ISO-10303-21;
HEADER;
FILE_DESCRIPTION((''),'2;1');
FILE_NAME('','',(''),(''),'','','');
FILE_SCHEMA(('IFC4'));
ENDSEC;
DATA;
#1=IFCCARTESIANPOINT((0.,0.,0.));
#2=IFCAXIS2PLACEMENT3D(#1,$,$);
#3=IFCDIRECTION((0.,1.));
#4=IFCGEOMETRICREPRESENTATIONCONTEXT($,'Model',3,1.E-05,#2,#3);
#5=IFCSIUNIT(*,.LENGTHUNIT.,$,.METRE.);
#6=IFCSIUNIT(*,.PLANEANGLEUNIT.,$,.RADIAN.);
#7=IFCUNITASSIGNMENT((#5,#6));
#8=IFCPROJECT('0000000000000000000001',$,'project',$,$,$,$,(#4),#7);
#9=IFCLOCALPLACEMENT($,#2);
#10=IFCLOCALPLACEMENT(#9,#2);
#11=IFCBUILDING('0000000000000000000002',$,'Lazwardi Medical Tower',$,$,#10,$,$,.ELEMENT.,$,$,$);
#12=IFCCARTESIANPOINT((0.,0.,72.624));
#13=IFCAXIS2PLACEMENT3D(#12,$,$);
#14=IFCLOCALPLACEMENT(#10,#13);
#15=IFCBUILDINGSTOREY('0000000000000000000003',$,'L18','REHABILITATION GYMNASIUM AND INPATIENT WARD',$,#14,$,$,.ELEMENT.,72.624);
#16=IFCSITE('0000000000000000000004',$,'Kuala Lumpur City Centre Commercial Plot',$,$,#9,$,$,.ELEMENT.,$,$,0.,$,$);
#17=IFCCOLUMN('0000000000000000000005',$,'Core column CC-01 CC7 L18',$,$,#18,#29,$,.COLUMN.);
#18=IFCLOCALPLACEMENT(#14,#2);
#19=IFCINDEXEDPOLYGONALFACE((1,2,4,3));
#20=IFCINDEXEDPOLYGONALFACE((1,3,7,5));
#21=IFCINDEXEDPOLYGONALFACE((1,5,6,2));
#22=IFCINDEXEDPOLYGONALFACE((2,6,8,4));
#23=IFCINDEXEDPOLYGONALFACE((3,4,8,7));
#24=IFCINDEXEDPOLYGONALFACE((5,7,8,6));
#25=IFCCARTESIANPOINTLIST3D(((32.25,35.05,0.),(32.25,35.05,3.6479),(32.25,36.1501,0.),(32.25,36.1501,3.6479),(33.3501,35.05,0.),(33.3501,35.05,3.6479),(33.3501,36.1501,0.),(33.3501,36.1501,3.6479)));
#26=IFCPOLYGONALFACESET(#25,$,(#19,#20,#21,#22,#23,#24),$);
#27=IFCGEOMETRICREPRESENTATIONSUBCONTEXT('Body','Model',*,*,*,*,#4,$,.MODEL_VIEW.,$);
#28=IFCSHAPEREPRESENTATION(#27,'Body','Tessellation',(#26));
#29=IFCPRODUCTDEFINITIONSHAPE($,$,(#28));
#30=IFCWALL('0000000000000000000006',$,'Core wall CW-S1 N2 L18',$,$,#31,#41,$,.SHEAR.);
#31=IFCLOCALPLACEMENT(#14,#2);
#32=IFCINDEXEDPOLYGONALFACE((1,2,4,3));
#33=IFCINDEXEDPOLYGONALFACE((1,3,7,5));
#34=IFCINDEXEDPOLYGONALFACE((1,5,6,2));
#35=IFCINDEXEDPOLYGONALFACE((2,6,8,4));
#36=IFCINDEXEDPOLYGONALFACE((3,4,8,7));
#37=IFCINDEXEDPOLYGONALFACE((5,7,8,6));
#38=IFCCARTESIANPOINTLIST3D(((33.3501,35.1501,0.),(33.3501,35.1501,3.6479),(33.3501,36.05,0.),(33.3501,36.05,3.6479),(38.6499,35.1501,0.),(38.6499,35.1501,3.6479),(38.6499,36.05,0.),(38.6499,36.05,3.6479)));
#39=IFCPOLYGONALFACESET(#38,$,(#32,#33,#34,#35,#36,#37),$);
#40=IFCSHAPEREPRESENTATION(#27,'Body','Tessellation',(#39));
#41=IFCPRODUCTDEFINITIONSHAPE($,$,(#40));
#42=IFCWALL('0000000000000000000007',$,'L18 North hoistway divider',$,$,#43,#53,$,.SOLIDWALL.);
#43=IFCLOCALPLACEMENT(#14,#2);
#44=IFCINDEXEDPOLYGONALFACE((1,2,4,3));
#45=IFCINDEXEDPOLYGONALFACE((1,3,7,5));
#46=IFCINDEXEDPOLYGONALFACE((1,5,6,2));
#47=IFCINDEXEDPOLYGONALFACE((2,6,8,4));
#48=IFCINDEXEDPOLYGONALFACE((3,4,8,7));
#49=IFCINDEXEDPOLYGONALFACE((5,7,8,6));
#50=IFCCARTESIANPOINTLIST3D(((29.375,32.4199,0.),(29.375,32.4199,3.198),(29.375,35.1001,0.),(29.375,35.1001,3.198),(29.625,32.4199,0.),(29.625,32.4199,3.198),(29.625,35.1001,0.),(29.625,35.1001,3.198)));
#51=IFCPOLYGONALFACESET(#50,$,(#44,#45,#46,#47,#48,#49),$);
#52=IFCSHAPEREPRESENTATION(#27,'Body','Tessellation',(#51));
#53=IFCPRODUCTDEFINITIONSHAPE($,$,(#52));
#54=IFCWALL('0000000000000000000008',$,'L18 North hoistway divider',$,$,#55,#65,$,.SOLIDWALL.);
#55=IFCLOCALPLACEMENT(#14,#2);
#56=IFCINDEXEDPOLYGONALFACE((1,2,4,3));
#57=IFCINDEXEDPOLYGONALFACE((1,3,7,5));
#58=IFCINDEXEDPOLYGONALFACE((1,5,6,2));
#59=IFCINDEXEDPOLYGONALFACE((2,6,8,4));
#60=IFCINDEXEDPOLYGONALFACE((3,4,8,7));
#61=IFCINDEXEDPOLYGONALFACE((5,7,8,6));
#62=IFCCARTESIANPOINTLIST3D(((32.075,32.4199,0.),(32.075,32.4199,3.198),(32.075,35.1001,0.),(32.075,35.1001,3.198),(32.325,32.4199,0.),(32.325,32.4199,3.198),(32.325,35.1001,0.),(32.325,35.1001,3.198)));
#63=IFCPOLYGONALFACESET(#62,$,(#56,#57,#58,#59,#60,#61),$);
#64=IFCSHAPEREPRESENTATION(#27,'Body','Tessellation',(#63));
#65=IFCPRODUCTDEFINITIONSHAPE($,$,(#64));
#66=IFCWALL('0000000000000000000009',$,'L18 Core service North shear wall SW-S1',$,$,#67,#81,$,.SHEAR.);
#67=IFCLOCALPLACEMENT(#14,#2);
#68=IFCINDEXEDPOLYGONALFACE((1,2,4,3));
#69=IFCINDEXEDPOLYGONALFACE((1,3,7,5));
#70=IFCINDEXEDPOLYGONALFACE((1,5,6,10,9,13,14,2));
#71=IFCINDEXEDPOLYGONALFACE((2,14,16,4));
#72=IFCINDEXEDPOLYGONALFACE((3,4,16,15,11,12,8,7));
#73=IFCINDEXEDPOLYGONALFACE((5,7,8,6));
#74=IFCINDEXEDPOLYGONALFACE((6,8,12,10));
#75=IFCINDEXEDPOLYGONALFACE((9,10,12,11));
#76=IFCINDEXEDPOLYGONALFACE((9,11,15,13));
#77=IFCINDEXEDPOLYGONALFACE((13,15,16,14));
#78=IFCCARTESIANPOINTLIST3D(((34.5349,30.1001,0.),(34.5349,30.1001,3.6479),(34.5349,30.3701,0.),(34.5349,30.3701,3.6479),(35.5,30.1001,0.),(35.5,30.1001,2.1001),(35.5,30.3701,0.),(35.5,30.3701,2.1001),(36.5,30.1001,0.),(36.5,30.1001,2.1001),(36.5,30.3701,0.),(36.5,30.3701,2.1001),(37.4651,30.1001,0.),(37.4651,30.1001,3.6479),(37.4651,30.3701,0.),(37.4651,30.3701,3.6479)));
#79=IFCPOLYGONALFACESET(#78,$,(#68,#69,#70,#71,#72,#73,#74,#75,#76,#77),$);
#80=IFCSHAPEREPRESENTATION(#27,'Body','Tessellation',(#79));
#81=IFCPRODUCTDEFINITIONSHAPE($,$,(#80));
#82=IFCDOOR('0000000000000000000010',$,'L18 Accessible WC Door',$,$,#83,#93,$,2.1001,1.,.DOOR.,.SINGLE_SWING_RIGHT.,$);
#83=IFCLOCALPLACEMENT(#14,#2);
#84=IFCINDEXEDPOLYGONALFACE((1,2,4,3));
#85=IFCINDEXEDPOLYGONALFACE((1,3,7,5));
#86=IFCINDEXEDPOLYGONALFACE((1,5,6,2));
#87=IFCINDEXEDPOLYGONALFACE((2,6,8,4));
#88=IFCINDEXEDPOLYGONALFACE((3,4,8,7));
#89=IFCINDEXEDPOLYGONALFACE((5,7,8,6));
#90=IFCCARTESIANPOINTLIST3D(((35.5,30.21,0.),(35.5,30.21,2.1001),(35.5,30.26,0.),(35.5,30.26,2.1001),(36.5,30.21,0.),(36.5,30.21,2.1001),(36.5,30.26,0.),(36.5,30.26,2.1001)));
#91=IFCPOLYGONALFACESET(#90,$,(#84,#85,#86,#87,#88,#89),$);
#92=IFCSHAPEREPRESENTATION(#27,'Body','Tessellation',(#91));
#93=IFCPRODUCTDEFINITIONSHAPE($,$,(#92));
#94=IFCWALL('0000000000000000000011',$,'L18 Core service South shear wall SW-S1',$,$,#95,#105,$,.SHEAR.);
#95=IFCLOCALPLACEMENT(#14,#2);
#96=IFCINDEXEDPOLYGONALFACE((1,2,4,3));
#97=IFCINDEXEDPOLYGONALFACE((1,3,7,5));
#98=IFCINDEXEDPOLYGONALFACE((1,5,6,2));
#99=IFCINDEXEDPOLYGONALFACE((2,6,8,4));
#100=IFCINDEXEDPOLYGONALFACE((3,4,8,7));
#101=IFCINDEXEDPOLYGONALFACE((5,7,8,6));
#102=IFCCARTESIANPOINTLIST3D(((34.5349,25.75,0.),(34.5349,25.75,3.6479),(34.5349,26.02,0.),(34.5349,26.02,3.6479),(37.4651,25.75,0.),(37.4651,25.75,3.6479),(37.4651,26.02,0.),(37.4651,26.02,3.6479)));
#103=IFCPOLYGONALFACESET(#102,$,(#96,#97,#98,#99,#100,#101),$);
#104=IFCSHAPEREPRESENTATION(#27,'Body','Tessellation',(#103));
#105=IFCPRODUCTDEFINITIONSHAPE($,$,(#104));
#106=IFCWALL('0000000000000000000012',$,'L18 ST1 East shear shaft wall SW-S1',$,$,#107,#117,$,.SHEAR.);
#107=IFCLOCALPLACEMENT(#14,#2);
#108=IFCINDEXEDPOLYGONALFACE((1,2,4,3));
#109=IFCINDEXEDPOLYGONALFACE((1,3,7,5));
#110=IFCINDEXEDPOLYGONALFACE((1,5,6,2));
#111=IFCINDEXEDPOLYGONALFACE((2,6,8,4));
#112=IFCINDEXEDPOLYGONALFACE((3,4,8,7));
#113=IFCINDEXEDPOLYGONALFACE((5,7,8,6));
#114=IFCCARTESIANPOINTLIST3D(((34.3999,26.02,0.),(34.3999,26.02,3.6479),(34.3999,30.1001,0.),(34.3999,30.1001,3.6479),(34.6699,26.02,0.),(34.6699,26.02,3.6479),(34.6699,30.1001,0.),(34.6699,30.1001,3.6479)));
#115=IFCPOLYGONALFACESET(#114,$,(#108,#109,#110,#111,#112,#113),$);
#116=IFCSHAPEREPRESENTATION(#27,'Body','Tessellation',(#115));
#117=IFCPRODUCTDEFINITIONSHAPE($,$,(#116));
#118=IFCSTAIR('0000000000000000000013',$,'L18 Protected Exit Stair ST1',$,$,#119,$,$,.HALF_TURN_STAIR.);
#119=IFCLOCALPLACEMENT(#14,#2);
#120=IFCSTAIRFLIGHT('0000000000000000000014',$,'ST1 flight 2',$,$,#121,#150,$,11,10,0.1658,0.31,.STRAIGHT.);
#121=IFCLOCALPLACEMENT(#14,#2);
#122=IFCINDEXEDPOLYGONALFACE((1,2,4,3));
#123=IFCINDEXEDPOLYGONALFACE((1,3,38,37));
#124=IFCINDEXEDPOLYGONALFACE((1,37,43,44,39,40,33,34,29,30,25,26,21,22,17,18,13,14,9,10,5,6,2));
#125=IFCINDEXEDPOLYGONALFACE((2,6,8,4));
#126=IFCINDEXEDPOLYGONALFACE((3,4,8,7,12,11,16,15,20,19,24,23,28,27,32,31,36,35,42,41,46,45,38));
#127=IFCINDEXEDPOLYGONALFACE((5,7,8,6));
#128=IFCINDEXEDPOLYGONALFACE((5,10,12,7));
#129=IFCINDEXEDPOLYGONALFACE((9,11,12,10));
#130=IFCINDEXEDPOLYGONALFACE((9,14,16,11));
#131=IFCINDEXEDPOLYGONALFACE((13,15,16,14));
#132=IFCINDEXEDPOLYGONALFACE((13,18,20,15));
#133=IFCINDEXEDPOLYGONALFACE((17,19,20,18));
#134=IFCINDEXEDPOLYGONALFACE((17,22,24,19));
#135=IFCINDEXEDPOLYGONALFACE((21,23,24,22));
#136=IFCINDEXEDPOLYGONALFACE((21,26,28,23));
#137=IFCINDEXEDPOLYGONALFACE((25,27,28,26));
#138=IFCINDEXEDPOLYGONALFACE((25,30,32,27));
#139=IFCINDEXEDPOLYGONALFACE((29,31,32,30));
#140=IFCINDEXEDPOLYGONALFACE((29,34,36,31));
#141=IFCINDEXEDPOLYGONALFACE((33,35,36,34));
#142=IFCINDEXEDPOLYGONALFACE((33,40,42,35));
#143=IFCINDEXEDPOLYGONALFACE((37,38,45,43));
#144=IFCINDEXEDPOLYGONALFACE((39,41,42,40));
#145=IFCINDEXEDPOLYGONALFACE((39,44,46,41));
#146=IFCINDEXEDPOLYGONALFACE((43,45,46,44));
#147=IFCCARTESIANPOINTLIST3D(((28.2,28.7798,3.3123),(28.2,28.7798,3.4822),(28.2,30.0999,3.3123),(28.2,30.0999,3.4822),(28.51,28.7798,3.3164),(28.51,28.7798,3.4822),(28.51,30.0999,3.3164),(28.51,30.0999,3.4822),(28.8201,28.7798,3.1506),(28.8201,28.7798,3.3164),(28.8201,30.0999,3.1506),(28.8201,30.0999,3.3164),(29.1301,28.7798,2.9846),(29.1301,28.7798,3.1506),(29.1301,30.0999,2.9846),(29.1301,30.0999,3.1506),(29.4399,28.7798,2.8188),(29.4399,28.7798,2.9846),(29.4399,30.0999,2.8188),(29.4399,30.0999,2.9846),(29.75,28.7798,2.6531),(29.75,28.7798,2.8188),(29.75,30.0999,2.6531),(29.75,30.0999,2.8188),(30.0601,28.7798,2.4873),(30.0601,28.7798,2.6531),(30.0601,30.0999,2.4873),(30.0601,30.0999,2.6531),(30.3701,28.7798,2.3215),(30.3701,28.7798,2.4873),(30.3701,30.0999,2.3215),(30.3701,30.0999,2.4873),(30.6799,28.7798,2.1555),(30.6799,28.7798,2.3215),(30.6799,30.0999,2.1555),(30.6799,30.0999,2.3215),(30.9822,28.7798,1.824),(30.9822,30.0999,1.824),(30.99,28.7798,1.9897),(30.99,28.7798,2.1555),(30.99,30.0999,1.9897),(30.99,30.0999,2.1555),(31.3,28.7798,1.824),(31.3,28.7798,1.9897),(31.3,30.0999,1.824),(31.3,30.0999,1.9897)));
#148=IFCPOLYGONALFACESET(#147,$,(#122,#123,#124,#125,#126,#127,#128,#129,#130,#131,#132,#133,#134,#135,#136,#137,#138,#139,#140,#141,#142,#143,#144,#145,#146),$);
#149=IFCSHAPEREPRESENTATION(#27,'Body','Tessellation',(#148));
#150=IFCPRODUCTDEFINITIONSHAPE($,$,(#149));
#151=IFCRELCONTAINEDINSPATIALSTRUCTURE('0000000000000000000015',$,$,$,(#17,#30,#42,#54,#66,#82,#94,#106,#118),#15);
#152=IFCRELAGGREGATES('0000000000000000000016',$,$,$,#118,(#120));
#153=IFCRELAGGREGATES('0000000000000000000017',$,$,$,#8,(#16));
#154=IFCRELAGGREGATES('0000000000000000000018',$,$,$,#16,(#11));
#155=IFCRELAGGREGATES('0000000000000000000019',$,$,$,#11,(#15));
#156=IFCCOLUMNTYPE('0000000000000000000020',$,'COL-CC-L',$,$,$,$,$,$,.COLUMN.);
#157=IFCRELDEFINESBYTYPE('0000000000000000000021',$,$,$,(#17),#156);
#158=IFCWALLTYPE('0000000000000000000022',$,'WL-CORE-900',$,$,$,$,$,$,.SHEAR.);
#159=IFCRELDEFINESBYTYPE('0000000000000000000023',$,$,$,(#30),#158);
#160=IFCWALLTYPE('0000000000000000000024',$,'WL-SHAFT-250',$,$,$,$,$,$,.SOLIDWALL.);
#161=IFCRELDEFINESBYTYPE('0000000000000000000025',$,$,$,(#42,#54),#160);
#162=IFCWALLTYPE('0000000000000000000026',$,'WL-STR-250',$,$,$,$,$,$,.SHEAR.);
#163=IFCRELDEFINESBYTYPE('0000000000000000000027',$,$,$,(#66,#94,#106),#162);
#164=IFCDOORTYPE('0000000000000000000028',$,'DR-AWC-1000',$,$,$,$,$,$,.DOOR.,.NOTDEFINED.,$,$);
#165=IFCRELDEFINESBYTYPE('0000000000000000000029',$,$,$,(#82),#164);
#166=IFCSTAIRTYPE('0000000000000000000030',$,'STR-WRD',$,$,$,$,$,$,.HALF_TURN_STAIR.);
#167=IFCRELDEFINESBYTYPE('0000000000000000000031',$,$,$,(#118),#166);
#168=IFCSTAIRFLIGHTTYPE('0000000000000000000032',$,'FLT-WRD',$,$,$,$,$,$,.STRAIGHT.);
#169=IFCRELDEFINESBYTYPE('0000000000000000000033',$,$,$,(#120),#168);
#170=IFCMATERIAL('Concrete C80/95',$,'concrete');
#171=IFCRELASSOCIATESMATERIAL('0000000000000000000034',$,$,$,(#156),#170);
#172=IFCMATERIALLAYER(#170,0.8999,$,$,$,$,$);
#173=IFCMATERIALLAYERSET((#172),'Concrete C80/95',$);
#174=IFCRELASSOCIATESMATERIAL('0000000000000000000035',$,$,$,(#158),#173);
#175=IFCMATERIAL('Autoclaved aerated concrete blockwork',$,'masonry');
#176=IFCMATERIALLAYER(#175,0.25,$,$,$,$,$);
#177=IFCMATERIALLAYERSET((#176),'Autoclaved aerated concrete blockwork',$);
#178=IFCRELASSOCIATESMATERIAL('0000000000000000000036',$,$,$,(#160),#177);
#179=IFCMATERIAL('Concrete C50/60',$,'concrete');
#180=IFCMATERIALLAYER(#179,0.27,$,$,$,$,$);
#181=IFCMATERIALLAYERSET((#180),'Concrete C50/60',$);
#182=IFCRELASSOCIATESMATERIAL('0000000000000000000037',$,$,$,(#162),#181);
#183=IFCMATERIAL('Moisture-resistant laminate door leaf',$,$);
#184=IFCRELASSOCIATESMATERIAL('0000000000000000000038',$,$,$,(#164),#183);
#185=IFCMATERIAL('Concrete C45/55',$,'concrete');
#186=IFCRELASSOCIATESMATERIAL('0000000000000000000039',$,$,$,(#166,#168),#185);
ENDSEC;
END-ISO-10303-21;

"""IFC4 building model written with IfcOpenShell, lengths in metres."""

from ifc_helpers import new_model, si_unit, direction, frame, frame_2d, origin, origin_2d, place, context, subcontext, project, spatial, polyline, rectangle, outline, extrude, material, layer, layer_set, material_profile, profile_set, type_object, element, fill, aggregate, save


model = new_model("IFC4")

# Units and contexts
model_context = context("Model", 3, precision=1e-05, world=origin(), true_north=direction((0.0, 1.0)))
body_context = subcontext(model_context, "Body", "Model", "MODEL_VIEW")
ifc_project = project(units=[si_unit("LENGTHUNIT", "METRE"), si_unit("PLANEANGLEUNIT", "RADIAN")], contexts=[model_context])

# Site, building, storey
site_placement = place(None, origin())
site = spatial("IfcSite", under=ifc_project, at=site_placement, Name="Kuala Lumpur City Centre Commercial Plot", CompositionType="ELEMENT", RefElevation=0.0)
building_placement = place(site_placement, origin())
building = spatial("IfcBuilding", under=site, at=building_placement, Name="Lazwardi Medical Tower", CompositionType="ELEMENT")
storey_placement = place(building_placement, frame((0.0, 0.0, 72.624)))
storey = spatial("IfcBuildingStorey", under=building, at=storey_placement, Name="L18", Description="REHABILITATION GYMNASIUM AND INPATIENT WARD", CompositionType="ELEMENT", Elevation=72.624)

# Column
ifc_material_1 = material(Name="Concrete C80/95", Category="concrete")
ifc_material_profile = material_profile(ifc_material_1, rectangle(XDim=1.1001, YDim=1.1001, at=origin_2d()), Name="RC 1100x1100")
ifc_profile_set = profile_set([ifc_material_profile], Name="Concrete C80/95")
column_type = type_object("IfcColumnType", Name="COL-CC-L", PredefinedType="COLUMN", material=ifc_profile_set)
column_placement = place(storey_placement, frame((32.8, 35.6001, 0.0), z_axis=(0.0, 0.0, 1.0), x_axis=(1.0, 0.0, 0.0)))
element("IfcColumn", 1, at=column_placement, inside=storey, type_object=column_type, Name="Core column CC-01 CC7 L18", PredefinedType="COLUMN", context=body_context, shape_type="SweptSolid", body=[
    extrude(rectangle(XDim=1.1001, YDim=1.1001, at=origin_2d()), origin(), (0.0, 0.0, 1.0), 3.6479),
])

# Walls
ifc_layer_1 = layer(ifc_material_1, 0.8999)
ifc_layer_set_1 = layer_set([ifc_layer_1], Name="Concrete C80/95")
wall_type_1 = type_object("IfcWallType", Name="WL-CORE-900", PredefinedType="SHEAR", material=ifc_layer_set_1)
wall_1_placement = place(storey_placement, frame((33.3501, 35.6001, 0.0), z_axis=(0.0, 0.0, 1.0), x_axis=(1.0, 0.0, 0.0)))
element("IfcWall", 2, at=wall_1_placement, inside=storey, type_object=wall_type_1, Name="Core wall CW-S1 N2 L18", PredefinedType="SHEAR", context=body_context, shape_type="SweptSolid", body=[
    extrude(rectangle(XDim=5.2998, YDim=0.8999, at=frame_2d((2.6499, 0.0))), origin(), (0.0, 0.0, 1.0), 3.6479),
])
ifc_material_2 = material(Name="Autoclaved aerated concrete blockwork", Category="masonry")
ifc_layer_2 = layer(ifc_material_2, 0.25)
ifc_layer_set_2 = layer_set([ifc_layer_2], Name="Autoclaved aerated concrete blockwork")
wall_type_2 = type_object("IfcWallType", Name="WL-SHAFT-250", PredefinedType="SOLIDWALL", material=ifc_layer_set_2)
for number, where, z_axis, x_axis, name in (
    (3, (29.5, 32.4199, 0.0), (0.0, 0.0, 1.0), (0.0, 1.0, 0.0), "L18 North hoistway divider"),
    (4, (32.2, 32.4199, 0.0), (0.0, 0.0, 1.0), (0.0, 1.0, 0.0), "L18 North hoistway divider"),
):
    element("IfcWall", number, at=place(storey_placement, frame(where, z_axis=z_axis, x_axis=x_axis)), inside=storey, type_object=wall_type_2, Name=name, PredefinedType="SOLIDWALL", context=body_context, shape_type="SweptSolid", body=[
        extrude(rectangle(XDim=2.6802, YDim=0.25, at=frame_2d((1.3401, 0.0))), origin(), (0.0, 0.0, 1.0), 3.198),
    ])

# Wall, opening, door
ifc_material_3 = material(Name="Concrete C50/60", Category="concrete")
ifc_layer_3 = layer(ifc_material_3, 0.27)
ifc_layer_set_3 = layer_set([ifc_layer_3], Name="Concrete C50/60")
wall_type_3 = type_object("IfcWallType", Name="WL-STR-250", PredefinedType="SHEAR", material=ifc_layer_set_3)
wall_2_placement = place(storey_placement, frame((34.5349, 30.2351, 0.0), z_axis=(0.0, 0.0, 1.0), x_axis=(1.0, 0.0, 0.0)))
wall_2 = element("IfcWall", 5, at=wall_2_placement, inside=storey, type_object=wall_type_3, Name="L18 Core service North shear wall SW-S1", PredefinedType="SHEAR", context=body_context, shape_type="SweptSolid", body=[
    extrude(rectangle(XDim=2.9302, YDim=0.27, at=frame_2d((1.4651, 0.0))), origin(), (0.0, 0.0, 1.0), 3.6479),
])
opening_placement = place(wall_2_placement, frame((0.9651, 0.0, 0.0)))
opening = element("IfcOpeningElement", 6, at=opening_placement, cuts=wall_2, PredefinedType="OPENING", context=body_context, shape_type="SweptSolid", body=[
    extrude(rectangle(XDim=1.0, YDim=2.1001, at=frame_2d((0.5, 1.05))), frame((0.0, 0.145, 0.0), z_axis=(0.0, -1.0, 0.0), x_axis=(1.0, 0.0, 0.0)), (0.0, 0.0, 1.0), 0.29),
])
ifc_material_4 = material(Name="Moisture-resistant laminate door leaf")
door_type = type_object("IfcDoorType", Name="DR-AWC-1000", OperationType="NOTDEFINED", PredefinedType="DOOR", material=ifc_material_4)
door_placement = place(opening_placement, origin())
door = element("IfcDoor", 7, at=door_placement, inside=storey, type_object=door_type, Name="L18 Accessible WC Door", OperationType="SINGLE_SWING_RIGHT", OverallHeight=2.1001, OverallWidth=1.0, PredefinedType="DOOR", context=body_context, shape_type="SweptSolid", body=[
    extrude(rectangle(XDim=1.0, YDim=2.1001, at=frame_2d((0.5, 1.05))), frame((0.0, 0.0249, 0.0), z_axis=(0.0, -1.0, 0.0), x_axis=(1.0, 0.0, 0.0)), (0.0, 0.0, 1.0), 0.05),
])
fill(opening, door)

# Walls
wall_3_placement = place(storey_placement, frame((34.5349, 25.885, 0.0), z_axis=(0.0, 0.0, 1.0), x_axis=(1.0, 0.0, 0.0)))
element("IfcWall", 8, at=wall_3_placement, inside=storey, type_object=wall_type_3, Name="L18 Core service South shear wall SW-S1", PredefinedType="SHEAR", context=body_context, shape_type="SweptSolid", body=[
    extrude(rectangle(XDim=2.9302, YDim=0.27, at=frame_2d((1.4651, 0.0))), origin(), (0.0, 0.0, 1.0), 3.6479),
])
wall_4_placement = place(storey_placement, frame((34.5349, 26.02, 0.0), z_axis=(0.0, 0.0, 1.0), x_axis=(0.0, 1.0, 0.0)))
element("IfcWall", 9, at=wall_4_placement, inside=storey, type_object=wall_type_3, Name="L18 ST1 East shear shaft wall SW-S1", PredefinedType="SHEAR", context=body_context, shape_type="SweptSolid", body=[
    extrude(rectangle(XDim=4.0801, YDim=0.27, at=frame_2d((2.04, 0.0))), origin(), (0.0, 0.0, 1.0), 3.6479),
])

# Stair, stair flight
ifc_material_5 = material(Name="Concrete C45/55", Category="concrete")
stair_type = type_object("IfcStairType", Name="STR-WRD", PredefinedType="HALF_TURN_STAIR", material=ifc_material_5)
stair_placement = place(storey_placement, origin())
stair = element("IfcStair", 10, at=stair_placement, inside=storey, type_object=stair_type, Name="L18 Protected Exit Stair ST1", PredefinedType="HALF_TURN_STAIR")
stair_flight_type = type_object("IfcStairFlightType", Name="FLT-WRD", PredefinedType="STRAIGHT", material=ifc_material_5)
stair_flight_placement = place(storey_placement, frame((31.3, 29.4399, 1.824), z_axis=(0.0, 0.0, 1.0), x_axis=(-1.0, 0.0, 0.0)))
stair_flight = element("IfcStairFlight", 11, at=stair_flight_placement, type_object=stair_flight_type, Name="ST1 flight 2", NumberOfRisers=11, NumberOfTreads=10, PredefinedType="STRAIGHT", RiserHeight=0.1658, TreadLength=0.31, context=body_context, shape_type="SweptSolid", body=[
    extrude(outline(polyline([(0.0, 0.0), (0.0, 0.1658), (0.3101, 0.1658), (0.3101, 0.3315), (0.6201, 0.3315), (0.6201, 0.4976), (0.9299, 0.4976), (0.9299, 0.6633), (1.24, 0.6633), (1.24, 0.8291), (1.55, 0.8291), (1.55, 0.9949), (1.8601, 0.9949), (1.8601, 1.1606), (2.1699, 1.1606), (2.1699, 1.3267), (2.48, 1.3267), (2.48, 1.4924), (2.79, 1.4924), (2.79, 1.6582), (3.1001, 1.6582), (3.1001, 1.824), (3.1001, 1.4883), (0.3179, 0.0), (0.0, 0.0)])), frame((0.0, 0.6602, 0.0), z_axis=(0.0, -1.0, 0.0), x_axis=(1.0, 0.0, 0.0)), (0.0, 0.0, 1.0), 1.3201),
])
aggregate(stair, [stair_flight])

save(model, "model.ifc")
